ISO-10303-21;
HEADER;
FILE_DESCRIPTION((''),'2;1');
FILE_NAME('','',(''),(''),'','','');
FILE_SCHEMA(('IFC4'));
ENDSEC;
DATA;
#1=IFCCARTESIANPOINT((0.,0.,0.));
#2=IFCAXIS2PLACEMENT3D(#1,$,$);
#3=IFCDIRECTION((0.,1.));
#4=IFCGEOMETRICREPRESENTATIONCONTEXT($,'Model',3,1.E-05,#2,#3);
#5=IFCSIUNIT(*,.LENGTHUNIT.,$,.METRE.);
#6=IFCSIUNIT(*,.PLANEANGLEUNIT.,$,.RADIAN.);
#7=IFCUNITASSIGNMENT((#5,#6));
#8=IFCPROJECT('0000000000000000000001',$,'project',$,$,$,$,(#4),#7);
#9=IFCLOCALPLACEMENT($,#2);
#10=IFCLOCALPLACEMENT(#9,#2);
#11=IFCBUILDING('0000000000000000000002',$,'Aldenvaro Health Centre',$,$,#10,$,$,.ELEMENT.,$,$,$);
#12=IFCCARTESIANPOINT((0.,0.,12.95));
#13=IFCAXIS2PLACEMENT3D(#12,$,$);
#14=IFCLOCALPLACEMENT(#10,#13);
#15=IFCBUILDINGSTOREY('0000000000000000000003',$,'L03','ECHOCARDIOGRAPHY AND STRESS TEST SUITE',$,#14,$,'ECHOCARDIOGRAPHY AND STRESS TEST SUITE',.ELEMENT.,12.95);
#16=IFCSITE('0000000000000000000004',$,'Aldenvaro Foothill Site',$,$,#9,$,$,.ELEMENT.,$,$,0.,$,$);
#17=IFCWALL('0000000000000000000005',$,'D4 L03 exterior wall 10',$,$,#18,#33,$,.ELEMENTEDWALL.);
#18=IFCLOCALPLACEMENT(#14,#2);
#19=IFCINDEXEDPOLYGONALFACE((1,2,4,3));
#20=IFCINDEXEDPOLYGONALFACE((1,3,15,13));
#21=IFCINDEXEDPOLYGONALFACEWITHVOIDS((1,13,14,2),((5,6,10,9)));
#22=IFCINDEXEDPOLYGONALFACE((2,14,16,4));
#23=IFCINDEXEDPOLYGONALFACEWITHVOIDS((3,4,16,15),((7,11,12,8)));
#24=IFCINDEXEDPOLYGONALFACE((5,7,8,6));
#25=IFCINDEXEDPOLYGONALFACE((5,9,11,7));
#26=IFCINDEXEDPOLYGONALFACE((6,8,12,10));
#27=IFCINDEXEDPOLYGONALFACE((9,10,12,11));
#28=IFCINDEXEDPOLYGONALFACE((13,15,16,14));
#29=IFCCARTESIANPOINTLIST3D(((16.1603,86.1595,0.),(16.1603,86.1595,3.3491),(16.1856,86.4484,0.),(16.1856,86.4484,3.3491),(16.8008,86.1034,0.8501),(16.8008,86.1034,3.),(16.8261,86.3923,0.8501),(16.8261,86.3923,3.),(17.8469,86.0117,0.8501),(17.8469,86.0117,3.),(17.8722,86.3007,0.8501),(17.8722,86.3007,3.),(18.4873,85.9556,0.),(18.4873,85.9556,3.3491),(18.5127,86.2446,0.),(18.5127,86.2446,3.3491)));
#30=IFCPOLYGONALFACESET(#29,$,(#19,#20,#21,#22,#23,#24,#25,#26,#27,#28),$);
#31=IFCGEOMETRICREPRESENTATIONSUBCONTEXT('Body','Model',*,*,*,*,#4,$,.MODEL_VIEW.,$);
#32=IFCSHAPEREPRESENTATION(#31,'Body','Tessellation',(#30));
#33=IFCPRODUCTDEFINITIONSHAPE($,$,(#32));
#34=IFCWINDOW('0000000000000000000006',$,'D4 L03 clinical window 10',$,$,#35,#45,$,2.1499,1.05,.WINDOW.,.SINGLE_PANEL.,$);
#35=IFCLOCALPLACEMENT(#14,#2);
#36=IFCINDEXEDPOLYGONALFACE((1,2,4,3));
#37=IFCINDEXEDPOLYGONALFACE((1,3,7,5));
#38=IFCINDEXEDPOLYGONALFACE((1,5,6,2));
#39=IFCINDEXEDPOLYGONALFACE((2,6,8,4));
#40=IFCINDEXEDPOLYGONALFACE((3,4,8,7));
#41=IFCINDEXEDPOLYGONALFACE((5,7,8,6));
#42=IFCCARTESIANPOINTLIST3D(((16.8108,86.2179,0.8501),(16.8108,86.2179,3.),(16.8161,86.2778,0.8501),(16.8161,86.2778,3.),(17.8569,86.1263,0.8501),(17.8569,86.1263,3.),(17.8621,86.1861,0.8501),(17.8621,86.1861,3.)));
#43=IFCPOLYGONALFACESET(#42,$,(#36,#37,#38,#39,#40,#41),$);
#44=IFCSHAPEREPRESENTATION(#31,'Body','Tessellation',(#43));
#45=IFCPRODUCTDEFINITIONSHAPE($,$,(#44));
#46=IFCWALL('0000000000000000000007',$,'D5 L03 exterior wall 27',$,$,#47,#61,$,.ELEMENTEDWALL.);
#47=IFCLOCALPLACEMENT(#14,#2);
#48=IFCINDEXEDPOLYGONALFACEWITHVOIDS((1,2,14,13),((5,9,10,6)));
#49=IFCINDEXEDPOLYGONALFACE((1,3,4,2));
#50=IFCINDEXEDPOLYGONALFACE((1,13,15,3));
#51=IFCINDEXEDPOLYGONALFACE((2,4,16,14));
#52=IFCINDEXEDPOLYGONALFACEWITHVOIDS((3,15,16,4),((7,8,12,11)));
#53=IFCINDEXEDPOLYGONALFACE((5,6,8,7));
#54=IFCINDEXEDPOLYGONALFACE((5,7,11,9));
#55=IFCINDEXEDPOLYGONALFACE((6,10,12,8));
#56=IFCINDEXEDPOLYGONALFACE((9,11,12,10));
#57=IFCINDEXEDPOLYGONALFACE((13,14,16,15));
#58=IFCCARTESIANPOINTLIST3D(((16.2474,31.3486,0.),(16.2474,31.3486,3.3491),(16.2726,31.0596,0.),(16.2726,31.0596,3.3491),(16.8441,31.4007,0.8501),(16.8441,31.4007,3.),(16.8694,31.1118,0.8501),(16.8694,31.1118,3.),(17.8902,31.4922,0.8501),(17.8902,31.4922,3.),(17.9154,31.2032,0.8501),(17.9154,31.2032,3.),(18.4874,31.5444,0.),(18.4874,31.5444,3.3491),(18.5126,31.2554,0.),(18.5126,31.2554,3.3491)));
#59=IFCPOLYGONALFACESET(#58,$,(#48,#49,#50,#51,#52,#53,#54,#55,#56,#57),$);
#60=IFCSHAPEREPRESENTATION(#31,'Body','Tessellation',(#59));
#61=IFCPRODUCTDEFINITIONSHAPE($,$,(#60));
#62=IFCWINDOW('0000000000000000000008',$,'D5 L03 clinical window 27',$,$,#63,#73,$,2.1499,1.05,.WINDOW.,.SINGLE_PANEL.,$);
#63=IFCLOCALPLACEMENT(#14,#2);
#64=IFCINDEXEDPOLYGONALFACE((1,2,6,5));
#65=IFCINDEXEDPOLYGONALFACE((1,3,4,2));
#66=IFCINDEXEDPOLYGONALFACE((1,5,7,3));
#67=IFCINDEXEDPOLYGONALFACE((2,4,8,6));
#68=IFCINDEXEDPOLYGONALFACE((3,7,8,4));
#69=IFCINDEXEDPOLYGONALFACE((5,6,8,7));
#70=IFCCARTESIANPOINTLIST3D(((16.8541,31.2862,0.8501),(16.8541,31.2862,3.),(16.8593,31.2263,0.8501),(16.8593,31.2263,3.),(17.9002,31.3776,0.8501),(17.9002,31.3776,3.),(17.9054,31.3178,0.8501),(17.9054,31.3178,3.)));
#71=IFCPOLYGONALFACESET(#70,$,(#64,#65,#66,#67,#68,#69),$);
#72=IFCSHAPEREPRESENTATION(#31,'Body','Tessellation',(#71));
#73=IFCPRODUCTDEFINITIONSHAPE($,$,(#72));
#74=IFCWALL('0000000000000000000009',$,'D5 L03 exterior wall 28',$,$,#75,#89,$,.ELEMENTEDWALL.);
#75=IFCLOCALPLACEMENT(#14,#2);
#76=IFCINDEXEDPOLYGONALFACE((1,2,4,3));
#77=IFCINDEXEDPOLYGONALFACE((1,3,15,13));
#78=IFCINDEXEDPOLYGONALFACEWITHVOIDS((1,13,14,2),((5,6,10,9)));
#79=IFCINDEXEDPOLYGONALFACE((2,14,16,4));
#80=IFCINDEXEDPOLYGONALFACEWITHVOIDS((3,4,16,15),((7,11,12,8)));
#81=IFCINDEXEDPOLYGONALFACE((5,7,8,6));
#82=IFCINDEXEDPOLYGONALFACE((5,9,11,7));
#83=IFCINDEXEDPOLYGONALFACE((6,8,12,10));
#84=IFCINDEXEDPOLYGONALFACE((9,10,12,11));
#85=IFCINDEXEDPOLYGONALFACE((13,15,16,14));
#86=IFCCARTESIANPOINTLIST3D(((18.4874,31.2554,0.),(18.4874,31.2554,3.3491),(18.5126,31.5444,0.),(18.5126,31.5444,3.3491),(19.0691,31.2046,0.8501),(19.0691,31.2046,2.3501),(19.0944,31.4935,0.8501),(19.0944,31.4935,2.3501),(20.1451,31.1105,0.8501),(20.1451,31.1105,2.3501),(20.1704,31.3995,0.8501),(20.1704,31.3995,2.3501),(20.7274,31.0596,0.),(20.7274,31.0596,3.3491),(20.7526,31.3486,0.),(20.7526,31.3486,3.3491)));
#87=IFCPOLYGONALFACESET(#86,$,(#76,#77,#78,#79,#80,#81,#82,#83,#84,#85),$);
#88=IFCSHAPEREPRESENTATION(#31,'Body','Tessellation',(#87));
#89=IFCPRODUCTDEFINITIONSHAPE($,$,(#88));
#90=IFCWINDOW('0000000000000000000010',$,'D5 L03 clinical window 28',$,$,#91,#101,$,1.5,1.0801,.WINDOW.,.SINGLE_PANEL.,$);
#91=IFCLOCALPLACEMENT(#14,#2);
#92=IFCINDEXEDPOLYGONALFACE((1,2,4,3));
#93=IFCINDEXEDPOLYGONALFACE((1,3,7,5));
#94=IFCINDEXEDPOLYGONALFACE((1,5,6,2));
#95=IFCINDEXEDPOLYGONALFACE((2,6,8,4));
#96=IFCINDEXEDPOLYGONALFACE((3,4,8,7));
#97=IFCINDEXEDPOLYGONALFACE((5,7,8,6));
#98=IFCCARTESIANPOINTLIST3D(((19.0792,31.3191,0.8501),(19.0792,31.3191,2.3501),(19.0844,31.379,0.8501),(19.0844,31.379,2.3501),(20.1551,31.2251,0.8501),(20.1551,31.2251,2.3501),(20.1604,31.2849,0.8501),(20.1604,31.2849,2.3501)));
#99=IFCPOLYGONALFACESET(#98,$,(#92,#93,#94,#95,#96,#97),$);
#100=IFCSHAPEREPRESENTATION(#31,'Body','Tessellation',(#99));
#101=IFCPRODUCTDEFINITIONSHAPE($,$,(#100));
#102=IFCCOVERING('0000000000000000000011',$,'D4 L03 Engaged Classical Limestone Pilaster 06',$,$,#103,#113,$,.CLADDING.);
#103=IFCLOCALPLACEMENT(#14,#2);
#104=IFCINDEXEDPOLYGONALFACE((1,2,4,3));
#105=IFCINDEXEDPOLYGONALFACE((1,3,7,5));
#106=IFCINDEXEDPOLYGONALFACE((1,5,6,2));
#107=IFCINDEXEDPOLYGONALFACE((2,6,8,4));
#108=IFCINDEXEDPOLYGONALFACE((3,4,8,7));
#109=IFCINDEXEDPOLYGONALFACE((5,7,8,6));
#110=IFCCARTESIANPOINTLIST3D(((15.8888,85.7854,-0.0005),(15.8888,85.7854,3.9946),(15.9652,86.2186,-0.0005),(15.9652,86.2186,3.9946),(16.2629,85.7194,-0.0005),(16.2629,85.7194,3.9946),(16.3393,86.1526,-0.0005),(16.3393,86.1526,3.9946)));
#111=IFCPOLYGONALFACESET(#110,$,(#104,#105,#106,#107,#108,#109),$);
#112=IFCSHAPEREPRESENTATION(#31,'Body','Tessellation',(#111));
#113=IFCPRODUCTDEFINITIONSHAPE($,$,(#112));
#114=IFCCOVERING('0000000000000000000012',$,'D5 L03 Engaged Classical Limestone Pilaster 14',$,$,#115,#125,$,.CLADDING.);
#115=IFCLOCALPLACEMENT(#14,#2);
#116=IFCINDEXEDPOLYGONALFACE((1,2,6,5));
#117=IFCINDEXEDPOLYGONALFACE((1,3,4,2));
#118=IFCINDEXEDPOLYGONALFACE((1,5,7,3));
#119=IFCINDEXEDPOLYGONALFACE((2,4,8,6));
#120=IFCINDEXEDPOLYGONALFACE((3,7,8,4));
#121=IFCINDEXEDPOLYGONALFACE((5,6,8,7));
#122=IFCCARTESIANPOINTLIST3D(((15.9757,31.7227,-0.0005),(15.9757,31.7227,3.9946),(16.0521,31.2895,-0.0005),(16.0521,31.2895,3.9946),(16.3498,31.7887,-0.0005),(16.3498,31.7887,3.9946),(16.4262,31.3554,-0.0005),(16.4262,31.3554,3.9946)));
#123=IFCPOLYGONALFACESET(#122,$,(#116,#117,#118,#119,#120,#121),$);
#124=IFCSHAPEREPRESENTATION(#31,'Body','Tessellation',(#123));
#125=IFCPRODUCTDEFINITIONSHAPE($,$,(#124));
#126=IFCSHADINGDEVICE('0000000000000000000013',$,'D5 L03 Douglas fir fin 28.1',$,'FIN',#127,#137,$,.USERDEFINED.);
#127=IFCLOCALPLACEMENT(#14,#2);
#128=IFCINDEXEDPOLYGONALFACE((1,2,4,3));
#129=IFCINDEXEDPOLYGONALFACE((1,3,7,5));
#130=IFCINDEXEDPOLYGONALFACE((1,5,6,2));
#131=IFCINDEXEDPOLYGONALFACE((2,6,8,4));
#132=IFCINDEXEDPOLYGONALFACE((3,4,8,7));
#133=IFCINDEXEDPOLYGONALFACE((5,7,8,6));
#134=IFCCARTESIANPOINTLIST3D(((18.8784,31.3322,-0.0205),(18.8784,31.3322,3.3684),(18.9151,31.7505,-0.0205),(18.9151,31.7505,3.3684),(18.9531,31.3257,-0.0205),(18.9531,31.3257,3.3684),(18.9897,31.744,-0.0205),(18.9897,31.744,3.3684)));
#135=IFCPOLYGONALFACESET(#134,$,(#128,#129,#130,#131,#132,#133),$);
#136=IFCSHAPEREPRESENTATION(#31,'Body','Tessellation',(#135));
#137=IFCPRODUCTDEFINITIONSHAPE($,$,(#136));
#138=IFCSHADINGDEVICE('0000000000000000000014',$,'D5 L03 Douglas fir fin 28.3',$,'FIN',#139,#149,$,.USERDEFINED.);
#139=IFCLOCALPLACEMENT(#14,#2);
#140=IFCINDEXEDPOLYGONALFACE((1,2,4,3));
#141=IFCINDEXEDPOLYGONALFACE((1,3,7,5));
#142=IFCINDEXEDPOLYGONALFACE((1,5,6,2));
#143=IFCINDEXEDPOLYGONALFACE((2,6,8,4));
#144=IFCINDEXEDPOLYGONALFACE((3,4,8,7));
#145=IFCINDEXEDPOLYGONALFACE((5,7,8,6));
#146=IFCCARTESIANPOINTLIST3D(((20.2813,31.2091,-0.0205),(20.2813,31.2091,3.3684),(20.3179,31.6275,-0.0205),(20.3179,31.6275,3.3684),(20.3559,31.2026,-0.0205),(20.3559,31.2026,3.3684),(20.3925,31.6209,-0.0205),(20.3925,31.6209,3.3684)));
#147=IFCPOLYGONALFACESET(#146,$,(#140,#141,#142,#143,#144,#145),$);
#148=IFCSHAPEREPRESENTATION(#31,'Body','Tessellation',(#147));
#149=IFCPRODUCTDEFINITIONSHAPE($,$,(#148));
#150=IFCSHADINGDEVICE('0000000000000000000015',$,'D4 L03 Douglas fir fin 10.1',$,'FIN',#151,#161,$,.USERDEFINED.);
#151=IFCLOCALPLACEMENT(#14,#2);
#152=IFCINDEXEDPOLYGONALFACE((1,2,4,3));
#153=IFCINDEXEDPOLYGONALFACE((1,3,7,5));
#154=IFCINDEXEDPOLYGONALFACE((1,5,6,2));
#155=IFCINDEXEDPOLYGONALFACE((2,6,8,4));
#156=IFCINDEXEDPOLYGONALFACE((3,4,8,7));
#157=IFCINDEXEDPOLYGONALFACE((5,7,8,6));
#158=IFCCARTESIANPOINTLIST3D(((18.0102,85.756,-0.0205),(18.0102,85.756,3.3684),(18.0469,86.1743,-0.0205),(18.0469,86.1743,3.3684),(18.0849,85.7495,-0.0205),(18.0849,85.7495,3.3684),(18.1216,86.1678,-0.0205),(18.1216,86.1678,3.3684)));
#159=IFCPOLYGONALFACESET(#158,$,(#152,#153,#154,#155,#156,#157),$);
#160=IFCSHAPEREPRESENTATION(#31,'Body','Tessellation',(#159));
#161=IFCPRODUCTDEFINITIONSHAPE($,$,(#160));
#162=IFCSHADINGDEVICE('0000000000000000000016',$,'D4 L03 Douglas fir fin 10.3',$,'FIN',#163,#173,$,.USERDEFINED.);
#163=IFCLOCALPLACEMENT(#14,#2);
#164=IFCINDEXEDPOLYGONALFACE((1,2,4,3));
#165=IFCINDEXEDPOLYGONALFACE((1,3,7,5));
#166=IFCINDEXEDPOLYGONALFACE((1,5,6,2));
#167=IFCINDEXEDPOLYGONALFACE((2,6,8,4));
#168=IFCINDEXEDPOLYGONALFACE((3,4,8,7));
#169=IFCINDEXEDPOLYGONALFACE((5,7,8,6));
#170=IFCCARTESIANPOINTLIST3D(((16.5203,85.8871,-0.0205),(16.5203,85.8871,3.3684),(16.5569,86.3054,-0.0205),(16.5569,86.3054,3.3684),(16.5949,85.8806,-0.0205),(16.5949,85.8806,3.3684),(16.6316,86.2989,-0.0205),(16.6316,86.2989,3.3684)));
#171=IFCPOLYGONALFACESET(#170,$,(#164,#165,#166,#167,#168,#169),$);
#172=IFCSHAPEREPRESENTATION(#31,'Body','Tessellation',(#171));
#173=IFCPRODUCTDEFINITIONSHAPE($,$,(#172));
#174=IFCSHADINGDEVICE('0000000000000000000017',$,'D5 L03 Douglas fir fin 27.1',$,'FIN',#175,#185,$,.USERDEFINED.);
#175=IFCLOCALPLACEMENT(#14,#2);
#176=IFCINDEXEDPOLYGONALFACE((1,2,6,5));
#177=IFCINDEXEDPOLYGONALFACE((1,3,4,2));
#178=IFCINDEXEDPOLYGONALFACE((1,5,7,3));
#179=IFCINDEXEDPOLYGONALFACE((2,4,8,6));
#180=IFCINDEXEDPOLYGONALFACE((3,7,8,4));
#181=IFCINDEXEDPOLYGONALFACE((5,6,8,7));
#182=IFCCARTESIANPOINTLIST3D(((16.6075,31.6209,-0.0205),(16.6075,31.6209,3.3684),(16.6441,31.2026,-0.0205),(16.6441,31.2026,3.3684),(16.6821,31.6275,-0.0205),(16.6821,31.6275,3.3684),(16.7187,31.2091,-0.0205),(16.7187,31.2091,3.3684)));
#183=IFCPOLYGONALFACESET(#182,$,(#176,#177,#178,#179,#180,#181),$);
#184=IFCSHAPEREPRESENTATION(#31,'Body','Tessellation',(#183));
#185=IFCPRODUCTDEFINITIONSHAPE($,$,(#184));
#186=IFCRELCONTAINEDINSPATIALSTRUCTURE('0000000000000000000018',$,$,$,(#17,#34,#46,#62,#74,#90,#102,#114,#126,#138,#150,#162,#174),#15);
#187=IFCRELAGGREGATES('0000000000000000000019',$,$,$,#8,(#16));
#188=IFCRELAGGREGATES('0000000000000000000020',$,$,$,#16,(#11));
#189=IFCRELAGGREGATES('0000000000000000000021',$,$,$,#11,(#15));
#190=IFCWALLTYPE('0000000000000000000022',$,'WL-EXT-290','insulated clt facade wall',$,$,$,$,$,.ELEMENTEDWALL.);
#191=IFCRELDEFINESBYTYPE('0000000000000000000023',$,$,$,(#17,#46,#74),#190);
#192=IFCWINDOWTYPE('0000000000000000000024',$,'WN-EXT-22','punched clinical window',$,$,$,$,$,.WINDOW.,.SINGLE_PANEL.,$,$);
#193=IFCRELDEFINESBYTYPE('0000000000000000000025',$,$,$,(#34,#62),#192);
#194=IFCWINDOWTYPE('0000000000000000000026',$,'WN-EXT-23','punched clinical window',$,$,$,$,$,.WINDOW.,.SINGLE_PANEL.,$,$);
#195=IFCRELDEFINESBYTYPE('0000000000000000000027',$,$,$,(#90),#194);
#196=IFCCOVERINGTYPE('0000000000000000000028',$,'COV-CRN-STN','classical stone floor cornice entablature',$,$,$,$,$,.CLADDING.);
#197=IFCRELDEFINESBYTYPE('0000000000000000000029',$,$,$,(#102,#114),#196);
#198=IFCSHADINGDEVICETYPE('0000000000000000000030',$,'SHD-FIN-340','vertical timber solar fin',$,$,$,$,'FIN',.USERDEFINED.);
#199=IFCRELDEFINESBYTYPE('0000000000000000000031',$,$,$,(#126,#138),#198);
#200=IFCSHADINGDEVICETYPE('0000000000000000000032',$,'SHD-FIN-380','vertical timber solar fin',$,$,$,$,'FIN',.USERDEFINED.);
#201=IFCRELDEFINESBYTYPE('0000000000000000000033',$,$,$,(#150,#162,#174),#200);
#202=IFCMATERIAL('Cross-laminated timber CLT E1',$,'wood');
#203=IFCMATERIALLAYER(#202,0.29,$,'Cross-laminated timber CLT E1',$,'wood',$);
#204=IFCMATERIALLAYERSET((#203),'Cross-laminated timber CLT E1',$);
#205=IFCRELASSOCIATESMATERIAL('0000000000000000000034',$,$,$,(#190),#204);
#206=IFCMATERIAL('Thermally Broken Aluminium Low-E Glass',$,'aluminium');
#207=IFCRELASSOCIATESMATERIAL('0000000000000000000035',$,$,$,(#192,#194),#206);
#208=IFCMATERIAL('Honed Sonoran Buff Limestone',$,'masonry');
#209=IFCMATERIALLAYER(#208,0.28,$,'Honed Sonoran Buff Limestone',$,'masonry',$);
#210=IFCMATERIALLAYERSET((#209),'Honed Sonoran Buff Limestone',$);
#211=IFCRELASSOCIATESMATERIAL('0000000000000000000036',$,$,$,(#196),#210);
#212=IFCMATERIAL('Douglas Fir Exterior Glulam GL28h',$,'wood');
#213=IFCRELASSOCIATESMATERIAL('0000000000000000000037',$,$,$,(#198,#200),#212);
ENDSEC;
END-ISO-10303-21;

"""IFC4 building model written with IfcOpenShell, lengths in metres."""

from ifc_helpers import new_model, si_unit, direction, frame, frame_2d, origin, origin_2d, place, context, subcontext, project, spatial, rectangle, extrude, material, layer, layer_set, type_object, element, fill, save


model = new_model("IFC4")

# Units and contexts
model_context = context("Model", 3, precision=1e-05, world=origin(), true_north=direction((0.0, 1.0)))
body_context = subcontext(model_context, "Body", "Model", "MODEL_VIEW")
ifc_project = project(units=[si_unit("LENGTHUNIT", "METRE"), si_unit("PLANEANGLEUNIT", "RADIAN")], contexts=[model_context])

# Site, building, storey
site_placement = place(None, origin())
site = spatial("IfcSite", under=ifc_project, at=site_placement, Name="Aldenvaro Foothill Site", CompositionType="ELEMENT", RefElevation=0.0)
building_placement = place(site_placement, origin())
building = spatial("IfcBuilding", under=site, at=building_placement, Name="Aldenvaro Health Centre", CompositionType="ELEMENT")
storey_placement = place(building_placement, frame((0.0, 0.0, 12.95)))
storey = spatial("IfcBuildingStorey", under=building, at=storey_placement, Name="L03", Description="ECHOCARDIOGRAPHY AND STRESS TEST SUITE", LongName="ECHOCARDIOGRAPHY AND STRESS TEST SUITE", CompositionType="ELEMENT", Elevation=12.95)

# Walls, openings, windows
ifc_material_1 = material(Name="Cross-laminated timber CLT E1", Category="wood")
ifc_layer_1 = layer(ifc_material_1, 0.29, Name="Cross-laminated timber CLT E1", Category="wood")
ifc_layer_set_1 = layer_set([ifc_layer_1], Name="Cross-laminated timber CLT E1")
wall_type = type_object("IfcWallType", Name="WL-EXT-290", Description="insulated clt facade wall", PredefinedType="ELEMENTEDWALL", material=ifc_layer_set_1)
wall_1_placement = place(storey_placement, frame((18.5, 86.1001, 0.0), z_axis=(0.0, 0.0, 1.0), x_axis=(-0.996184, 0.087275, 0.0)))
wall_1 = element("IfcWall", 1, at=wall_1_placement, inside=storey, type_object=wall_type, Name="D4 L03 exterior wall 10", PredefinedType="ELEMENTEDWALL", context=body_context, shape_type="SweptSolid", body=[
    extrude(rectangle(XDim=2.3359, YDim=0.29, at=frame_2d((1.168, 0.0))), origin(), (0.0, 0.0, 1.0), 3.3491),
])
opening_1_placement = place(wall_1_placement, frame((0.6431, 0.0, 0.8501)))
opening_1 = element("IfcOpeningElement", 2, at=opening_1_placement, cuts=wall_1, PredefinedType="OPENING", context=body_context, shape_type="SweptSolid", body=[
    extrude(rectangle(XDim=1.05, YDim=2.1499, at=frame_2d((0.5249, 1.075))), frame((0.0, 0.155, 0.0), z_axis=(0.0, -1.0, 0.0), x_axis=(1.0, 0.0, 0.0)), (0.0, 0.0, 1.0), 0.3101),
])
ifc_material_2 = material(Name="Thermally Broken Aluminium Low-E Glass", Category="aluminium")
window_type_1 = type_object("IfcWindowType", Name="WN-EXT-22", Description="punched clinical window", PartitioningType="SINGLE_PANEL", PredefinedType="WINDOW", material=ifc_material_2)
window_1_placement = place(opening_1_placement, origin())
window_1 = element("IfcWindow", 3, at=window_1_placement, inside=storey, type_object=window_type_1, Name="D4 L03 clinical window 10", OverallHeight=2.1499, OverallWidth=1.05, PartitioningType="SINGLE_PANEL", PredefinedType="WINDOW", context=body_context, shape_type="SweptSolid", body=[
    extrude(rectangle(XDim=1.05, YDim=2.1499, at=frame_2d((0.5249, 1.075))), frame((0.0, 0.03, 0.0), z_axis=(0.0, -1.0, 0.0), x_axis=(1.0, 0.0, 0.0)), (0.0, 0.0, 1.0), 0.0601),
])
fill(opening_1, window_1)
wall_2_placement = place(storey_placement, frame((16.26, 31.2041, 0.0), z_axis=(0.0, 0.0, 1.0), x_axis=(0.996201, 0.087079, 0.0)))
wall_2 = element("IfcWall", 4, at=wall_2_placement, inside=storey, type_object=wall_type, Name="D5 L03 exterior wall 27", PredefinedType="ELEMENTEDWALL", context=body_context, shape_type="SweptSolid", body=[
    extrude(rectangle(XDim=2.2485, YDim=0.29, at=frame_2d((1.1243, 0.0))), origin(), (0.0, 0.0, 1.0), 3.3491),
])
opening_2_placement = place(wall_2_placement, frame((0.5991, 0.0, 0.8501)))
opening_2 = element("IfcOpeningElement", 5, at=opening_2_placement, cuts=wall_2, PredefinedType="OPENING", context=body_context, shape_type="SweptSolid", body=[
    extrude(rectangle(XDim=1.05, YDim=2.1499, at=frame_2d((0.5249, 1.075))), frame((0.0, 0.155, 0.0), z_axis=(0.0, -1.0, 0.0), x_axis=(1.0, 0.0, 0.0)), (0.0, 0.0, 1.0), 0.3101),
])
window_2_placement = place(opening_2_placement, origin())
window_2 = element("IfcWindow", 6, at=window_2_placement, inside=storey, type_object=window_type_1, Name="D5 L03 clinical window 27", OverallHeight=2.1499, OverallWidth=1.05, PartitioningType="SINGLE_PANEL", PredefinedType="WINDOW", context=body_context, shape_type="SweptSolid", body=[
    extrude(rectangle(XDim=1.05, YDim=2.1499, at=frame_2d((0.5249, 1.075))), frame((0.0, 0.03, 0.0), z_axis=(0.0, -1.0, 0.0), x_axis=(1.0, 0.0, 0.0)), (0.0, 0.0, 1.0), 0.0601),
])
fill(opening_2, window_2)
wall_3_placement = place(storey_placement, frame((18.5, 31.3999, 0.0), z_axis=(0.0, 0.0, 1.0), x_axis=(0.996201, -0.087079, 0.0)))
wall_3 = element("IfcWall", 7, at=wall_3_placement, inside=storey, type_object=wall_type, Name="D5 L03 exterior wall 28", PredefinedType="ELEMENTEDWALL", context=body_context, shape_type="SweptSolid", body=[
    extrude(rectangle(XDim=2.2485, YDim=0.29, at=frame_2d((1.1243, 0.0))), origin(), (0.0, 0.0, 1.0), 3.3491),
])
opening_3_placement = place(wall_3_placement, frame((0.584, 0.0, 0.8501)))
opening_3 = element("IfcOpeningElement", 8, at=opening_3_placement, cuts=wall_3, PredefinedType="OPENING", context=body_context, shape_type="SweptSolid", body=[
    extrude(rectangle(XDim=1.0801, YDim=1.5, at=frame_2d((0.54, 0.75))), frame((0.0, 0.155, 0.0), z_axis=(0.0, -1.0, 0.0), x_axis=(1.0, 0.0, 0.0)), (0.0, 0.0, 1.0), 0.3101),
])
window_type_2 = type_object("IfcWindowType", Name="WN-EXT-23", Description="punched clinical window", PartitioningType="SINGLE_PANEL", PredefinedType="WINDOW", material=ifc_material_2)
window_3_placement = place(opening_3_placement, origin())
window_3 = element("IfcWindow", 9, at=window_3_placement, inside=storey, type_object=window_type_2, Name="D5 L03 clinical window 28", OverallHeight=1.5, OverallWidth=1.0801, PartitioningType="SINGLE_PANEL", PredefinedType="WINDOW", context=body_context, shape_type="SweptSolid", body=[
    extrude(rectangle(XDim=1.0801, YDim=1.5, at=frame_2d((0.54, 0.75))), frame((0.0, 0.03, 0.0), z_axis=(0.0, -1.0, 0.0), x_axis=(1.0, 0.0, 0.0)), (0.0, 0.0, 1.0), 0.0601),
])
fill(opening_3, window_3)

# Coverings
ifc_material_3 = material(Name="Honed Sonoran Buff Limestone", Category="masonry")
ifc_layer_2 = layer(ifc_material_3, 0.28, Name="Honed Sonoran Buff Limestone", Category="masonry")
ifc_layer_set_2 = layer_set([ifc_layer_2], Name="Honed Sonoran Buff Limestone")
covering_type = type_object("IfcCoveringType", Name="COV-CRN-STN", Description="classical stone floor cornice entablature", PredefinedType="CLADDING", material=ifc_layer_set_2)
for number, where, z_axis, x_axis, name in (
    (10, (16.114, 85.969, -0.0005), (0.0, 0.0, 1.0), (-0.173662, -0.984805, 0.0), "D4 L03 Engaged Classical Limestone Pilaster 06"),
    (11, (16.2009, 31.5391, -0.0005), (0.0, 0.0, 1.0), (-0.173644, 0.984809, 0.0), "D5 L03 Engaged Classical Limestone Pilaster 14"),
):
    element("IfcCovering", number, at=place(storey_placement, frame(where, z_axis=z_axis, x_axis=x_axis)), inside=storey, type_object=covering_type, Name=name, PredefinedType="CLADDING", context=body_context, shape_type="SweptSolid", body=[
        extrude(rectangle(XDim=0.4399, YDim=0.3799, at=origin_2d()), origin(), (0.0, 0.0, 1.0), 3.9951),
    ])

# Shading devices
ifc_material_4 = material(Name="Douglas Fir Exterior Glulam GL28h", Category="wood")
shading_device_type_1 = type_object("IfcShadingDeviceType", Name="SHD-FIN-340", Description="vertical timber solar fin", ElementType="FIN", PredefinedType="USERDEFINED", material=ifc_material_4)
for number, where, z_axis, x_axis, name in (
    (12, (18.9341, 31.5381, -0.0205), (0.0, 0.0, 1.0), (0.996194, -0.087167, 0.0), "D5 L03 Douglas fir fin 28.1"),
    (13, (20.3369, 31.415, -0.0205), (0.0, 0.0, 1.0), (0.996194, -0.087167, 0.0), "D5 L03 Douglas fir fin 28.3"),
):
    element("IfcShadingDevice", number, at=place(storey_placement, frame(where, z_axis=z_axis, x_axis=x_axis)), inside=storey, type_object=shading_device_type_1, Name=name, ObjectType="FIN", PredefinedType="USERDEFINED", context=body_context, shape_type="SweptSolid", body=[
        extrude(rectangle(XDim=0.075, YDim=0.4199, at=origin_2d()), origin(), (0.0, 0.0, 1.0), 3.3889),
    ])
shading_device_type_2 = type_object("IfcShadingDeviceType", Name="SHD-FIN-380", Description="vertical timber solar fin", ElementType="FIN", PredefinedType="USERDEFINED", material=ifc_material_4)
for number, where, z_axis, x_axis, name in (
    (14, (18.0659, 85.9619, -0.0205), (0.0, 0.0, 1.0), (-0.996179, 0.087332, 0.0), "D4 L03 Douglas fir fin 10.1"),
    (15, (16.5759, 86.093, -0.0205), (0.0, 0.0, 1.0), (-0.996179, 0.087332, 0.0), "D4 L03 Douglas fir fin 10.3"),
    (16, (16.6631, 31.415, -0.0205), (0.0, 0.0, 1.0), (0.996194, 0.087167, 0.0), "D5 L03 Douglas fir fin 27.1"),
):
    element("IfcShadingDevice", number, at=place(storey_placement, frame(where, z_axis=z_axis, x_axis=x_axis)), inside=storey, type_object=shading_device_type_2, Name=name, ObjectType="FIN", PredefinedType="USERDEFINED", context=body_context, shape_type="SweptSolid", body=[
        extrude(rectangle(XDim=0.075, YDim=0.4199, at=origin_2d()), origin(), (0.0, 0.0, 1.0), 3.3889),
    ])

save(model, "model.ifc")
